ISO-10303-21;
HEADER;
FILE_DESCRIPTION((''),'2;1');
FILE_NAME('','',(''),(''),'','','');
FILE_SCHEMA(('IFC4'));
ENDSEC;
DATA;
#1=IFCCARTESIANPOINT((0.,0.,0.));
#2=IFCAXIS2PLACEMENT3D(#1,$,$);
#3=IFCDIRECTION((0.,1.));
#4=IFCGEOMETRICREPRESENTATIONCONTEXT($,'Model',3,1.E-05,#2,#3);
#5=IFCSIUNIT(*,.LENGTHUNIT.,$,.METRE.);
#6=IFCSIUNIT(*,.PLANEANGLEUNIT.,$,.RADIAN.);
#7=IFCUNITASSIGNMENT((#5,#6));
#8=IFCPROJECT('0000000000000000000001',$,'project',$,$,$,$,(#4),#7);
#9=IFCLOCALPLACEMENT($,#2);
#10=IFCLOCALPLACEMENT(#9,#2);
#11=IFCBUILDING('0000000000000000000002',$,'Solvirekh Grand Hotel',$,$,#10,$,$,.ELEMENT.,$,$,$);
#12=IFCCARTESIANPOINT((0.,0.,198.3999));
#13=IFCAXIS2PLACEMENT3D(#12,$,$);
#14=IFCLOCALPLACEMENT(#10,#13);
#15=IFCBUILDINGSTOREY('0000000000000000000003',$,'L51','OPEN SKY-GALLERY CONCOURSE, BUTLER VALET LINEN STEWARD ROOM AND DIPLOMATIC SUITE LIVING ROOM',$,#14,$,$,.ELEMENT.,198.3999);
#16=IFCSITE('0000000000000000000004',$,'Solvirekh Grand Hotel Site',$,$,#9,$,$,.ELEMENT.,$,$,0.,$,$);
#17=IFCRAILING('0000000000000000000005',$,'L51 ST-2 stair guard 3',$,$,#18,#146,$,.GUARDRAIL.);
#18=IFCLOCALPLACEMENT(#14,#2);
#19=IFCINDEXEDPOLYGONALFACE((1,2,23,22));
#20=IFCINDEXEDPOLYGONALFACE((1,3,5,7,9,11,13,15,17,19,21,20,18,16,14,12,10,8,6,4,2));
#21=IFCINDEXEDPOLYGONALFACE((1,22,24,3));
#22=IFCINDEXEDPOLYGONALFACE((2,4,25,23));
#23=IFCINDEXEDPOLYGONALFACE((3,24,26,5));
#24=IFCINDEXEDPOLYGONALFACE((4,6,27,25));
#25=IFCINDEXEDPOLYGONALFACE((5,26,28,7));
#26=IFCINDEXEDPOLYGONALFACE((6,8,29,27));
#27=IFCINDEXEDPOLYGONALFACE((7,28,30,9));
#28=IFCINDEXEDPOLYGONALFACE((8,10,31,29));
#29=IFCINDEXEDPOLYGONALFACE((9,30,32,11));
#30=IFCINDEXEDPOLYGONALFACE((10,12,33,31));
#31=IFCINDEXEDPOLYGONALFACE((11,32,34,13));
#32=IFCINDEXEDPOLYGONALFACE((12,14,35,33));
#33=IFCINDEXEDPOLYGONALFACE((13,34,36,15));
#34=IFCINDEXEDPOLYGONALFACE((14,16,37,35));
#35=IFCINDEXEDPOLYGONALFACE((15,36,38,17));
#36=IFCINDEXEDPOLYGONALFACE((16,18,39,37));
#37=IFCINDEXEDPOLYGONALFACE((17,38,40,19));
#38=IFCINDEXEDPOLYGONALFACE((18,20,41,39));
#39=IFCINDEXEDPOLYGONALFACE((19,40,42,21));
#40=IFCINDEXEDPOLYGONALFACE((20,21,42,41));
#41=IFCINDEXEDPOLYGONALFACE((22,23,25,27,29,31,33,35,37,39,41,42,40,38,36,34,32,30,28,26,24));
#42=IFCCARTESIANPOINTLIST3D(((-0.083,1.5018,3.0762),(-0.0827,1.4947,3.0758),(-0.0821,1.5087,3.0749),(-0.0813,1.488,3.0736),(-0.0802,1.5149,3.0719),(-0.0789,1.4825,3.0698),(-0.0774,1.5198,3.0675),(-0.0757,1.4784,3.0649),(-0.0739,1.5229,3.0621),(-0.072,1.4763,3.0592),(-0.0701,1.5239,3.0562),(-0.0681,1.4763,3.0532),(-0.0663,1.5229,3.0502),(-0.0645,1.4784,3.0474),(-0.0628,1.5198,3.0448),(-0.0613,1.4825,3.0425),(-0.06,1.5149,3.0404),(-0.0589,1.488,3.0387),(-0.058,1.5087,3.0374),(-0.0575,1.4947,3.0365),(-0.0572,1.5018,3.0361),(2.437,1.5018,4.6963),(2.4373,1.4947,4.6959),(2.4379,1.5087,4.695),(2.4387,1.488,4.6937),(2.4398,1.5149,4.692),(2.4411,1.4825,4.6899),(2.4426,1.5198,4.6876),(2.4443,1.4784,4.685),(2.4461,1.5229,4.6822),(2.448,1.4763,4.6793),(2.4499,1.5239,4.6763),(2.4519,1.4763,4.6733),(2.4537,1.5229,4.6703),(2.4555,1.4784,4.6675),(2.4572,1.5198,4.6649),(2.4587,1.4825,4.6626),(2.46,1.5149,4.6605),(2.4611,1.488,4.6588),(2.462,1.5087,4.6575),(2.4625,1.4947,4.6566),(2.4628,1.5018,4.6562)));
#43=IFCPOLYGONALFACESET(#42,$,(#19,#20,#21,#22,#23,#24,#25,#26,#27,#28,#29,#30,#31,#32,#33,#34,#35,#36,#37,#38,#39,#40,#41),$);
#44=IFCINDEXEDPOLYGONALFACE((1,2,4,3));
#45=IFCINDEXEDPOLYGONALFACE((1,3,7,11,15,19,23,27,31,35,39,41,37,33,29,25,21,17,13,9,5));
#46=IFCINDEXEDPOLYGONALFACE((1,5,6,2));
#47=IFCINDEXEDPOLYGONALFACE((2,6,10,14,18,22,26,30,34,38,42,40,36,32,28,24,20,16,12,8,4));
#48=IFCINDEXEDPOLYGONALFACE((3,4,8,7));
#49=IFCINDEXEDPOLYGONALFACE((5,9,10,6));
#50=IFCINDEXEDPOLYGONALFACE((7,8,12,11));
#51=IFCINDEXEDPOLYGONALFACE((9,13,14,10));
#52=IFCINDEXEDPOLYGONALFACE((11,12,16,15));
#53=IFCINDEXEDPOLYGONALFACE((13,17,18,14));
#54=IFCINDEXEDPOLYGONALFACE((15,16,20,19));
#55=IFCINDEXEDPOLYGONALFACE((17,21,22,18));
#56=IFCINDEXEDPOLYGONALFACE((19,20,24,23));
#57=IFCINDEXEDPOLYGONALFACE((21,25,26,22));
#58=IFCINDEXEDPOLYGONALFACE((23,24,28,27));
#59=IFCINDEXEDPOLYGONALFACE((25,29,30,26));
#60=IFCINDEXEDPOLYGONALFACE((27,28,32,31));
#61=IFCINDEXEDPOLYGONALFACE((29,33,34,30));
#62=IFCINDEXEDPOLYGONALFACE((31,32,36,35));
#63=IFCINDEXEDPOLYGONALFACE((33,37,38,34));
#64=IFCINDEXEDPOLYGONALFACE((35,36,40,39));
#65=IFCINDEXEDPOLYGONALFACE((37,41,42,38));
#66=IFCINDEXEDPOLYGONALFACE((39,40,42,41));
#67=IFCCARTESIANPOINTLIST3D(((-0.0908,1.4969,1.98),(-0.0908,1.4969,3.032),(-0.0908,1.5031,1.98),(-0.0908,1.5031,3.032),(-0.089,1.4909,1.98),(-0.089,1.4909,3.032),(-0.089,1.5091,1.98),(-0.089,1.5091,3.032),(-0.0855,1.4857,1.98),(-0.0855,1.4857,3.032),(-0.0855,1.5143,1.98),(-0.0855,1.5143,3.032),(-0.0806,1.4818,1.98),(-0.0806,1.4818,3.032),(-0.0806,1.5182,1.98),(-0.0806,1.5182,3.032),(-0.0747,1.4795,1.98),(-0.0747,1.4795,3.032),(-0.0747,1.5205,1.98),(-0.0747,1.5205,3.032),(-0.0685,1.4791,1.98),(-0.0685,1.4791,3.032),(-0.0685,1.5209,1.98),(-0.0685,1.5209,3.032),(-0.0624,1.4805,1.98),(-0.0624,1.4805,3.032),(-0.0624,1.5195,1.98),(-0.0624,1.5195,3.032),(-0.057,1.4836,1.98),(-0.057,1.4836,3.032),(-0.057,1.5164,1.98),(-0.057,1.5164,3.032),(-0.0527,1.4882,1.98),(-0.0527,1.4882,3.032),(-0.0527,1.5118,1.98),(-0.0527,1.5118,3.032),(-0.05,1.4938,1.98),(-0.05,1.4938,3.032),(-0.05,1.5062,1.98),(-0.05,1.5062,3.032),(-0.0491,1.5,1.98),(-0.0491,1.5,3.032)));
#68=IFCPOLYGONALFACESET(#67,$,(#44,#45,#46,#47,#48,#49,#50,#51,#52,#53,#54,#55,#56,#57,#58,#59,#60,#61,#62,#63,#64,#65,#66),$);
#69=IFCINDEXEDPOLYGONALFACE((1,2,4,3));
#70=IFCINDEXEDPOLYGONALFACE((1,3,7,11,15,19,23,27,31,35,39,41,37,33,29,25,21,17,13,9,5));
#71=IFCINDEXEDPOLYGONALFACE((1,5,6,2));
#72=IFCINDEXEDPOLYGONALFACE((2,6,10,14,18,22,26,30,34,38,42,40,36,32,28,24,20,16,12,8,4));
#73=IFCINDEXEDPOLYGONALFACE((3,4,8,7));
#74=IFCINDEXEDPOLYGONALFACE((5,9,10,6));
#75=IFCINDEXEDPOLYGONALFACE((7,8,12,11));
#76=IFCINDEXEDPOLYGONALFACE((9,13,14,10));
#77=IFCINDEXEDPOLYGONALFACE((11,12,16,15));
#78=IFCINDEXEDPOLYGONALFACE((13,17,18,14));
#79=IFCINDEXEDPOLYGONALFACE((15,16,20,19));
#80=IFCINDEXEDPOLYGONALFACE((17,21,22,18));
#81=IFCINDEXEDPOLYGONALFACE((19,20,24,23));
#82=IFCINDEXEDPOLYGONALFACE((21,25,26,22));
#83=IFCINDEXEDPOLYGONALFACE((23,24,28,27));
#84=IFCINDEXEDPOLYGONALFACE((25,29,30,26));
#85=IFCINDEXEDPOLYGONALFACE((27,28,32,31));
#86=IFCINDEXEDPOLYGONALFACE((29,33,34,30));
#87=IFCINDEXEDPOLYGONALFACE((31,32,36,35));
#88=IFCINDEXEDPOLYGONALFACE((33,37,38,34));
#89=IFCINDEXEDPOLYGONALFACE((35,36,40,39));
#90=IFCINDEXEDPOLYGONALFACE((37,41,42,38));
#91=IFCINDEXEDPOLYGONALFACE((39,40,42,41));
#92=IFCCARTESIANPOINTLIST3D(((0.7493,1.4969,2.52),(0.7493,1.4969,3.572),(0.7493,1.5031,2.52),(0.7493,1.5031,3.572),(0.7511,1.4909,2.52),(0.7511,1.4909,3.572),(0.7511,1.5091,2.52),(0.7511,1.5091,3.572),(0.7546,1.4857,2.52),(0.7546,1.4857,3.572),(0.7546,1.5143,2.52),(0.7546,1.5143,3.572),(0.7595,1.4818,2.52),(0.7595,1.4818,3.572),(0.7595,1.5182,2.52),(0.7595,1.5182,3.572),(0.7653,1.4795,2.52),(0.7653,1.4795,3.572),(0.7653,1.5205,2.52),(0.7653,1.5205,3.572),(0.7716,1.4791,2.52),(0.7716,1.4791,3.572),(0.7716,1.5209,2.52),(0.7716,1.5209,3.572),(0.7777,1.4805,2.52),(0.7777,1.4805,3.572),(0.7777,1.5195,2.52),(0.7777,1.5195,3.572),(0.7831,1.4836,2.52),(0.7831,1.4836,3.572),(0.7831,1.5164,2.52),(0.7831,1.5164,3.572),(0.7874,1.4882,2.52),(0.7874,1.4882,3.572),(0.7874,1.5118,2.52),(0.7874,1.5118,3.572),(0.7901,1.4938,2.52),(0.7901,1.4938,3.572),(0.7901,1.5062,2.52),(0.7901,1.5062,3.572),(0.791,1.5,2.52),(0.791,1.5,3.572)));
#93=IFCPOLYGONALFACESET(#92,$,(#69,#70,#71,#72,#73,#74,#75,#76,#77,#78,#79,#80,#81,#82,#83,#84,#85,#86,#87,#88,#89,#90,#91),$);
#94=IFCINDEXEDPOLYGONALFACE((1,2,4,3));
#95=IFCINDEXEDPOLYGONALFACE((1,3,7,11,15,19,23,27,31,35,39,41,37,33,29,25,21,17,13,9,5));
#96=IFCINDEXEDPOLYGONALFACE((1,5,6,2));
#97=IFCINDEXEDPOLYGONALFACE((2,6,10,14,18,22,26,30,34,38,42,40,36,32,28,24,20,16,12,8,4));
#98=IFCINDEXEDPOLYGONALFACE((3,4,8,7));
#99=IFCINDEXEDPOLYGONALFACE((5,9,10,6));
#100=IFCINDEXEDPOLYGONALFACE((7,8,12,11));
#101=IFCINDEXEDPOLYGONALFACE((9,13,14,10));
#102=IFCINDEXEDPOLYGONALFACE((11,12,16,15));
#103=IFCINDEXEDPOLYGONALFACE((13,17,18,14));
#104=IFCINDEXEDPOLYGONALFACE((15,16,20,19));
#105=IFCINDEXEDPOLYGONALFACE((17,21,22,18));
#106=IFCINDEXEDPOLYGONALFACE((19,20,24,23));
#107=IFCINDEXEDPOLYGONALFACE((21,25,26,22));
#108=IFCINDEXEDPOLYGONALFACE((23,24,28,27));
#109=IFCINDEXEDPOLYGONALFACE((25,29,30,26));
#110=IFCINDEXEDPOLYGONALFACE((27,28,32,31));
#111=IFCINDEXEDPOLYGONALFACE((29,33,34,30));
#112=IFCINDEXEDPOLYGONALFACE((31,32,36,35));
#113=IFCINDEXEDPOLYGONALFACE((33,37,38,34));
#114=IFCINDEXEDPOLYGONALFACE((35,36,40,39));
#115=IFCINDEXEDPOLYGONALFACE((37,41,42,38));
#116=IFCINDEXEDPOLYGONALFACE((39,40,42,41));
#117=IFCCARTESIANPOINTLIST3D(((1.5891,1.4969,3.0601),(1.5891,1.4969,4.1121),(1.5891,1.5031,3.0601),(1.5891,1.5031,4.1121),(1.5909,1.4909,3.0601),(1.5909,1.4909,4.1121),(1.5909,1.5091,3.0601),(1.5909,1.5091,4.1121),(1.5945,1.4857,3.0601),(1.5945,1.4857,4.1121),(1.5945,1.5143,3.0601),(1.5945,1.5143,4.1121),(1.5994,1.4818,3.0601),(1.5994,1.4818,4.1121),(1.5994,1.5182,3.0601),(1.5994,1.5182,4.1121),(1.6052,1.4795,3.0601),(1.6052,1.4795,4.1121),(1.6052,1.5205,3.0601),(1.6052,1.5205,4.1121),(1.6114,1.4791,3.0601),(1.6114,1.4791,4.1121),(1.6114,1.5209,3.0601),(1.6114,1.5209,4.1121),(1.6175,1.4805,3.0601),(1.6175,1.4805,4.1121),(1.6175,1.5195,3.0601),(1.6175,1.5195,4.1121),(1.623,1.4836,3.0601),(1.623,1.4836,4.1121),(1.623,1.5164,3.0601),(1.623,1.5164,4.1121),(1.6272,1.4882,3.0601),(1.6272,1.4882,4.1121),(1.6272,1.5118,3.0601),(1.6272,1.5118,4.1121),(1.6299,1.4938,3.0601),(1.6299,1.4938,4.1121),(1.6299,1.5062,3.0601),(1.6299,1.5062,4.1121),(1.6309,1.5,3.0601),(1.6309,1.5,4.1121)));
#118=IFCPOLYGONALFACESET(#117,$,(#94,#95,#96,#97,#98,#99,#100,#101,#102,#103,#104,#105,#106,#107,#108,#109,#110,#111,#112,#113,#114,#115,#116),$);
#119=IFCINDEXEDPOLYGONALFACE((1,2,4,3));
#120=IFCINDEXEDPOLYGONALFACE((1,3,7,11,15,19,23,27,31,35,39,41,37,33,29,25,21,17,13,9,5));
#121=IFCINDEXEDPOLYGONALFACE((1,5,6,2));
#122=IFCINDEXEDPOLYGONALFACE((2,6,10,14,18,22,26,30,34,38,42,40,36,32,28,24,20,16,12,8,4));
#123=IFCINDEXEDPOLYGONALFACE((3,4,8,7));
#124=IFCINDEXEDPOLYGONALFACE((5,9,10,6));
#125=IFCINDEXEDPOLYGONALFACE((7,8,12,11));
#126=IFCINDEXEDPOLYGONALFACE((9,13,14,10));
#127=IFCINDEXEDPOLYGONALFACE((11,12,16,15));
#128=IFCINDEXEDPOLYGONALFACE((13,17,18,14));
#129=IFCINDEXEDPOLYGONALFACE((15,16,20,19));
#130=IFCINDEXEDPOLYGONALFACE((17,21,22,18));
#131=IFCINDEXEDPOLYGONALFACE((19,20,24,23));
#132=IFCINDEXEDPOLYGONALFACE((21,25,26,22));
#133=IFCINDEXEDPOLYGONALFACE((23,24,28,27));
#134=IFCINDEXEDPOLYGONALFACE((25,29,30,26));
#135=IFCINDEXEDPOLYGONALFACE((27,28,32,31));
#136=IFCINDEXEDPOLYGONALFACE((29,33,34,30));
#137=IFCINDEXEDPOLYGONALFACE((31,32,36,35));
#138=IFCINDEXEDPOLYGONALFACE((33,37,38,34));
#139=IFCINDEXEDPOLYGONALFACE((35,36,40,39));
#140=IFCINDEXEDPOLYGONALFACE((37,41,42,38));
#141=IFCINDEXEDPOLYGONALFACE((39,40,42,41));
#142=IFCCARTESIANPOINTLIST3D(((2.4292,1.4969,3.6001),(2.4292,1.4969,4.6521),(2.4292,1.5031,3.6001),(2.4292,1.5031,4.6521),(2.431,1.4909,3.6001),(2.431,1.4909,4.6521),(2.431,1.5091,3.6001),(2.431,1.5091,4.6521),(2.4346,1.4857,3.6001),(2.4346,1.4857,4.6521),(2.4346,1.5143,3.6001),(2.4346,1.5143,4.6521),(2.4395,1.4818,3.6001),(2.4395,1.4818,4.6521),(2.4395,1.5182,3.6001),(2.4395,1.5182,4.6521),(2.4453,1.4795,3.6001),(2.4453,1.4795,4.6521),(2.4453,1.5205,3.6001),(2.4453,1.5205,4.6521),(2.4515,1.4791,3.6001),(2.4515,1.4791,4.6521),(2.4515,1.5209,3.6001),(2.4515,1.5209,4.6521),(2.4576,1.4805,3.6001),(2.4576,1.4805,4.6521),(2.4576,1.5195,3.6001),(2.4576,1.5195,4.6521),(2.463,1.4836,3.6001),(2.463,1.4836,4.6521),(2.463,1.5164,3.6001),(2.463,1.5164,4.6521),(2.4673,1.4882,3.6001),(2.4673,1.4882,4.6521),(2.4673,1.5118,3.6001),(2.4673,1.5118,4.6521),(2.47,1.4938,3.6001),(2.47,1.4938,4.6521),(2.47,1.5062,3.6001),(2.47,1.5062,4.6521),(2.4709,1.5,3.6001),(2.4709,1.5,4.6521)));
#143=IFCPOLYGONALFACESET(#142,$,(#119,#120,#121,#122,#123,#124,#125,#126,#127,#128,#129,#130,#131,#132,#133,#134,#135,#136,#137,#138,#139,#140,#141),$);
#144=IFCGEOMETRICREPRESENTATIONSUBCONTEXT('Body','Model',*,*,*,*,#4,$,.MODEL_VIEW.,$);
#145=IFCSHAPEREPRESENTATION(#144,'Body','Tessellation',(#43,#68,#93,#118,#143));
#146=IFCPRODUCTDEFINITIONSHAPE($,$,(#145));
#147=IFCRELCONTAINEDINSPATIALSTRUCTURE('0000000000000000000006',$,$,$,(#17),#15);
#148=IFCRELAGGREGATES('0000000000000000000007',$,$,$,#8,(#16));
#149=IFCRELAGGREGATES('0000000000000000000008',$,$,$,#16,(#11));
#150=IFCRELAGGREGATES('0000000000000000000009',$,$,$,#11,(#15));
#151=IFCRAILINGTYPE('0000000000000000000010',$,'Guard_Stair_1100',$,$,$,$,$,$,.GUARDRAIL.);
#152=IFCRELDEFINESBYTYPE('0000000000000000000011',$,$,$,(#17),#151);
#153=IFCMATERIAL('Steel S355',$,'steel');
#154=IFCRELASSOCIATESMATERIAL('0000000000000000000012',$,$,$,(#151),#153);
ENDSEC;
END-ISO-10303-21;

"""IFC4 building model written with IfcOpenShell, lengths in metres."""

from ifc_helpers import new_model, si_unit, direction, frame, origin, origin_2d, place, context, subcontext, project, spatial, circle, extrude, material, type_object, element, save


model = new_model("IFC4")

# Units and contexts
model_context = context("Model", 3, precision=1e-05, world=origin(), true_north=direction((0.0, 1.0)))
body_context = subcontext(model_context, "Body", "Model", "MODEL_VIEW")
ifc_project = project(units=[si_unit("LENGTHUNIT", "METRE"), si_unit("PLANEANGLEUNIT", "RADIAN")], contexts=[model_context])

# Site, building, storey
site_placement = place(None, origin())
site = spatial("IfcSite", under=ifc_project, at=site_placement, Name="Solvirekh Grand Hotel Site", CompositionType="ELEMENT", RefElevation=0.0)
building_placement = place(site_placement, origin())
building = spatial("IfcBuilding", under=site, at=building_placement, Name="Solvirekh Grand Hotel", CompositionType="ELEMENT")
storey_placement = place(building_placement, frame((0.0, 0.0, 198.3999)))
storey = spatial("IfcBuildingStorey", under=building, at=storey_placement, Name="L51", Description="OPEN SKY-GALLERY CONCOURSE, BUTLER VALET LINEN STEWARD ROOM AND DIPLOMATIC SUITE LIVING ROOM", CompositionType="ELEMENT", Elevation=198.3999)

# Shared definitions
ifc_material_1 = material(Name="Steel S355", Category="steel")

# Railing
railing_type = type_object("IfcRailingType", Name="Guard_Stair_1100", PredefinedType="GUARDRAIL", material=ifc_material_1)
railing_1_placement = place(storey_placement, frame((-0.0701, 1.5, 1.98)))
element("IfcRailing", 1, at=railing_1_placement, inside=storey, type_object=railing_type, Name="L51 ST-2 stair guard 3", PredefinedType="GUARDRAIL", context=body_context, shape_type="SweptSolid", body=[
    extrude(circle(Radius=0.0239, at=origin_2d()), frame((0.0, 0.0, 1.0762), z_axis=(0.841163, 0.0, 0.540782), x_axis=(0.0, 1.0, 0.0)), (0.0, 0.0, 1.0), 2.9958),
    extrude(circle(Radius=0.021, at=origin_2d()), origin(), (0.0, 0.0, 1.0), 1.052),
    extrude(circle(Radius=0.021, at=origin_2d()), frame((0.8401, 0.0, 0.54)), (0.0, 0.0, 1.0), 1.052),
    extrude(circle(Radius=0.021, at=origin_2d()), frame((1.6799, 0.0, 1.0801)), (0.0, 0.0, 1.0), 1.052),
    extrude(circle(Radius=0.021, at=origin_2d()), frame((2.52, 0.0, 1.6201)), (0.0, 0.0, 1.0), 1.052),
])

save(model, "model.ifc")
